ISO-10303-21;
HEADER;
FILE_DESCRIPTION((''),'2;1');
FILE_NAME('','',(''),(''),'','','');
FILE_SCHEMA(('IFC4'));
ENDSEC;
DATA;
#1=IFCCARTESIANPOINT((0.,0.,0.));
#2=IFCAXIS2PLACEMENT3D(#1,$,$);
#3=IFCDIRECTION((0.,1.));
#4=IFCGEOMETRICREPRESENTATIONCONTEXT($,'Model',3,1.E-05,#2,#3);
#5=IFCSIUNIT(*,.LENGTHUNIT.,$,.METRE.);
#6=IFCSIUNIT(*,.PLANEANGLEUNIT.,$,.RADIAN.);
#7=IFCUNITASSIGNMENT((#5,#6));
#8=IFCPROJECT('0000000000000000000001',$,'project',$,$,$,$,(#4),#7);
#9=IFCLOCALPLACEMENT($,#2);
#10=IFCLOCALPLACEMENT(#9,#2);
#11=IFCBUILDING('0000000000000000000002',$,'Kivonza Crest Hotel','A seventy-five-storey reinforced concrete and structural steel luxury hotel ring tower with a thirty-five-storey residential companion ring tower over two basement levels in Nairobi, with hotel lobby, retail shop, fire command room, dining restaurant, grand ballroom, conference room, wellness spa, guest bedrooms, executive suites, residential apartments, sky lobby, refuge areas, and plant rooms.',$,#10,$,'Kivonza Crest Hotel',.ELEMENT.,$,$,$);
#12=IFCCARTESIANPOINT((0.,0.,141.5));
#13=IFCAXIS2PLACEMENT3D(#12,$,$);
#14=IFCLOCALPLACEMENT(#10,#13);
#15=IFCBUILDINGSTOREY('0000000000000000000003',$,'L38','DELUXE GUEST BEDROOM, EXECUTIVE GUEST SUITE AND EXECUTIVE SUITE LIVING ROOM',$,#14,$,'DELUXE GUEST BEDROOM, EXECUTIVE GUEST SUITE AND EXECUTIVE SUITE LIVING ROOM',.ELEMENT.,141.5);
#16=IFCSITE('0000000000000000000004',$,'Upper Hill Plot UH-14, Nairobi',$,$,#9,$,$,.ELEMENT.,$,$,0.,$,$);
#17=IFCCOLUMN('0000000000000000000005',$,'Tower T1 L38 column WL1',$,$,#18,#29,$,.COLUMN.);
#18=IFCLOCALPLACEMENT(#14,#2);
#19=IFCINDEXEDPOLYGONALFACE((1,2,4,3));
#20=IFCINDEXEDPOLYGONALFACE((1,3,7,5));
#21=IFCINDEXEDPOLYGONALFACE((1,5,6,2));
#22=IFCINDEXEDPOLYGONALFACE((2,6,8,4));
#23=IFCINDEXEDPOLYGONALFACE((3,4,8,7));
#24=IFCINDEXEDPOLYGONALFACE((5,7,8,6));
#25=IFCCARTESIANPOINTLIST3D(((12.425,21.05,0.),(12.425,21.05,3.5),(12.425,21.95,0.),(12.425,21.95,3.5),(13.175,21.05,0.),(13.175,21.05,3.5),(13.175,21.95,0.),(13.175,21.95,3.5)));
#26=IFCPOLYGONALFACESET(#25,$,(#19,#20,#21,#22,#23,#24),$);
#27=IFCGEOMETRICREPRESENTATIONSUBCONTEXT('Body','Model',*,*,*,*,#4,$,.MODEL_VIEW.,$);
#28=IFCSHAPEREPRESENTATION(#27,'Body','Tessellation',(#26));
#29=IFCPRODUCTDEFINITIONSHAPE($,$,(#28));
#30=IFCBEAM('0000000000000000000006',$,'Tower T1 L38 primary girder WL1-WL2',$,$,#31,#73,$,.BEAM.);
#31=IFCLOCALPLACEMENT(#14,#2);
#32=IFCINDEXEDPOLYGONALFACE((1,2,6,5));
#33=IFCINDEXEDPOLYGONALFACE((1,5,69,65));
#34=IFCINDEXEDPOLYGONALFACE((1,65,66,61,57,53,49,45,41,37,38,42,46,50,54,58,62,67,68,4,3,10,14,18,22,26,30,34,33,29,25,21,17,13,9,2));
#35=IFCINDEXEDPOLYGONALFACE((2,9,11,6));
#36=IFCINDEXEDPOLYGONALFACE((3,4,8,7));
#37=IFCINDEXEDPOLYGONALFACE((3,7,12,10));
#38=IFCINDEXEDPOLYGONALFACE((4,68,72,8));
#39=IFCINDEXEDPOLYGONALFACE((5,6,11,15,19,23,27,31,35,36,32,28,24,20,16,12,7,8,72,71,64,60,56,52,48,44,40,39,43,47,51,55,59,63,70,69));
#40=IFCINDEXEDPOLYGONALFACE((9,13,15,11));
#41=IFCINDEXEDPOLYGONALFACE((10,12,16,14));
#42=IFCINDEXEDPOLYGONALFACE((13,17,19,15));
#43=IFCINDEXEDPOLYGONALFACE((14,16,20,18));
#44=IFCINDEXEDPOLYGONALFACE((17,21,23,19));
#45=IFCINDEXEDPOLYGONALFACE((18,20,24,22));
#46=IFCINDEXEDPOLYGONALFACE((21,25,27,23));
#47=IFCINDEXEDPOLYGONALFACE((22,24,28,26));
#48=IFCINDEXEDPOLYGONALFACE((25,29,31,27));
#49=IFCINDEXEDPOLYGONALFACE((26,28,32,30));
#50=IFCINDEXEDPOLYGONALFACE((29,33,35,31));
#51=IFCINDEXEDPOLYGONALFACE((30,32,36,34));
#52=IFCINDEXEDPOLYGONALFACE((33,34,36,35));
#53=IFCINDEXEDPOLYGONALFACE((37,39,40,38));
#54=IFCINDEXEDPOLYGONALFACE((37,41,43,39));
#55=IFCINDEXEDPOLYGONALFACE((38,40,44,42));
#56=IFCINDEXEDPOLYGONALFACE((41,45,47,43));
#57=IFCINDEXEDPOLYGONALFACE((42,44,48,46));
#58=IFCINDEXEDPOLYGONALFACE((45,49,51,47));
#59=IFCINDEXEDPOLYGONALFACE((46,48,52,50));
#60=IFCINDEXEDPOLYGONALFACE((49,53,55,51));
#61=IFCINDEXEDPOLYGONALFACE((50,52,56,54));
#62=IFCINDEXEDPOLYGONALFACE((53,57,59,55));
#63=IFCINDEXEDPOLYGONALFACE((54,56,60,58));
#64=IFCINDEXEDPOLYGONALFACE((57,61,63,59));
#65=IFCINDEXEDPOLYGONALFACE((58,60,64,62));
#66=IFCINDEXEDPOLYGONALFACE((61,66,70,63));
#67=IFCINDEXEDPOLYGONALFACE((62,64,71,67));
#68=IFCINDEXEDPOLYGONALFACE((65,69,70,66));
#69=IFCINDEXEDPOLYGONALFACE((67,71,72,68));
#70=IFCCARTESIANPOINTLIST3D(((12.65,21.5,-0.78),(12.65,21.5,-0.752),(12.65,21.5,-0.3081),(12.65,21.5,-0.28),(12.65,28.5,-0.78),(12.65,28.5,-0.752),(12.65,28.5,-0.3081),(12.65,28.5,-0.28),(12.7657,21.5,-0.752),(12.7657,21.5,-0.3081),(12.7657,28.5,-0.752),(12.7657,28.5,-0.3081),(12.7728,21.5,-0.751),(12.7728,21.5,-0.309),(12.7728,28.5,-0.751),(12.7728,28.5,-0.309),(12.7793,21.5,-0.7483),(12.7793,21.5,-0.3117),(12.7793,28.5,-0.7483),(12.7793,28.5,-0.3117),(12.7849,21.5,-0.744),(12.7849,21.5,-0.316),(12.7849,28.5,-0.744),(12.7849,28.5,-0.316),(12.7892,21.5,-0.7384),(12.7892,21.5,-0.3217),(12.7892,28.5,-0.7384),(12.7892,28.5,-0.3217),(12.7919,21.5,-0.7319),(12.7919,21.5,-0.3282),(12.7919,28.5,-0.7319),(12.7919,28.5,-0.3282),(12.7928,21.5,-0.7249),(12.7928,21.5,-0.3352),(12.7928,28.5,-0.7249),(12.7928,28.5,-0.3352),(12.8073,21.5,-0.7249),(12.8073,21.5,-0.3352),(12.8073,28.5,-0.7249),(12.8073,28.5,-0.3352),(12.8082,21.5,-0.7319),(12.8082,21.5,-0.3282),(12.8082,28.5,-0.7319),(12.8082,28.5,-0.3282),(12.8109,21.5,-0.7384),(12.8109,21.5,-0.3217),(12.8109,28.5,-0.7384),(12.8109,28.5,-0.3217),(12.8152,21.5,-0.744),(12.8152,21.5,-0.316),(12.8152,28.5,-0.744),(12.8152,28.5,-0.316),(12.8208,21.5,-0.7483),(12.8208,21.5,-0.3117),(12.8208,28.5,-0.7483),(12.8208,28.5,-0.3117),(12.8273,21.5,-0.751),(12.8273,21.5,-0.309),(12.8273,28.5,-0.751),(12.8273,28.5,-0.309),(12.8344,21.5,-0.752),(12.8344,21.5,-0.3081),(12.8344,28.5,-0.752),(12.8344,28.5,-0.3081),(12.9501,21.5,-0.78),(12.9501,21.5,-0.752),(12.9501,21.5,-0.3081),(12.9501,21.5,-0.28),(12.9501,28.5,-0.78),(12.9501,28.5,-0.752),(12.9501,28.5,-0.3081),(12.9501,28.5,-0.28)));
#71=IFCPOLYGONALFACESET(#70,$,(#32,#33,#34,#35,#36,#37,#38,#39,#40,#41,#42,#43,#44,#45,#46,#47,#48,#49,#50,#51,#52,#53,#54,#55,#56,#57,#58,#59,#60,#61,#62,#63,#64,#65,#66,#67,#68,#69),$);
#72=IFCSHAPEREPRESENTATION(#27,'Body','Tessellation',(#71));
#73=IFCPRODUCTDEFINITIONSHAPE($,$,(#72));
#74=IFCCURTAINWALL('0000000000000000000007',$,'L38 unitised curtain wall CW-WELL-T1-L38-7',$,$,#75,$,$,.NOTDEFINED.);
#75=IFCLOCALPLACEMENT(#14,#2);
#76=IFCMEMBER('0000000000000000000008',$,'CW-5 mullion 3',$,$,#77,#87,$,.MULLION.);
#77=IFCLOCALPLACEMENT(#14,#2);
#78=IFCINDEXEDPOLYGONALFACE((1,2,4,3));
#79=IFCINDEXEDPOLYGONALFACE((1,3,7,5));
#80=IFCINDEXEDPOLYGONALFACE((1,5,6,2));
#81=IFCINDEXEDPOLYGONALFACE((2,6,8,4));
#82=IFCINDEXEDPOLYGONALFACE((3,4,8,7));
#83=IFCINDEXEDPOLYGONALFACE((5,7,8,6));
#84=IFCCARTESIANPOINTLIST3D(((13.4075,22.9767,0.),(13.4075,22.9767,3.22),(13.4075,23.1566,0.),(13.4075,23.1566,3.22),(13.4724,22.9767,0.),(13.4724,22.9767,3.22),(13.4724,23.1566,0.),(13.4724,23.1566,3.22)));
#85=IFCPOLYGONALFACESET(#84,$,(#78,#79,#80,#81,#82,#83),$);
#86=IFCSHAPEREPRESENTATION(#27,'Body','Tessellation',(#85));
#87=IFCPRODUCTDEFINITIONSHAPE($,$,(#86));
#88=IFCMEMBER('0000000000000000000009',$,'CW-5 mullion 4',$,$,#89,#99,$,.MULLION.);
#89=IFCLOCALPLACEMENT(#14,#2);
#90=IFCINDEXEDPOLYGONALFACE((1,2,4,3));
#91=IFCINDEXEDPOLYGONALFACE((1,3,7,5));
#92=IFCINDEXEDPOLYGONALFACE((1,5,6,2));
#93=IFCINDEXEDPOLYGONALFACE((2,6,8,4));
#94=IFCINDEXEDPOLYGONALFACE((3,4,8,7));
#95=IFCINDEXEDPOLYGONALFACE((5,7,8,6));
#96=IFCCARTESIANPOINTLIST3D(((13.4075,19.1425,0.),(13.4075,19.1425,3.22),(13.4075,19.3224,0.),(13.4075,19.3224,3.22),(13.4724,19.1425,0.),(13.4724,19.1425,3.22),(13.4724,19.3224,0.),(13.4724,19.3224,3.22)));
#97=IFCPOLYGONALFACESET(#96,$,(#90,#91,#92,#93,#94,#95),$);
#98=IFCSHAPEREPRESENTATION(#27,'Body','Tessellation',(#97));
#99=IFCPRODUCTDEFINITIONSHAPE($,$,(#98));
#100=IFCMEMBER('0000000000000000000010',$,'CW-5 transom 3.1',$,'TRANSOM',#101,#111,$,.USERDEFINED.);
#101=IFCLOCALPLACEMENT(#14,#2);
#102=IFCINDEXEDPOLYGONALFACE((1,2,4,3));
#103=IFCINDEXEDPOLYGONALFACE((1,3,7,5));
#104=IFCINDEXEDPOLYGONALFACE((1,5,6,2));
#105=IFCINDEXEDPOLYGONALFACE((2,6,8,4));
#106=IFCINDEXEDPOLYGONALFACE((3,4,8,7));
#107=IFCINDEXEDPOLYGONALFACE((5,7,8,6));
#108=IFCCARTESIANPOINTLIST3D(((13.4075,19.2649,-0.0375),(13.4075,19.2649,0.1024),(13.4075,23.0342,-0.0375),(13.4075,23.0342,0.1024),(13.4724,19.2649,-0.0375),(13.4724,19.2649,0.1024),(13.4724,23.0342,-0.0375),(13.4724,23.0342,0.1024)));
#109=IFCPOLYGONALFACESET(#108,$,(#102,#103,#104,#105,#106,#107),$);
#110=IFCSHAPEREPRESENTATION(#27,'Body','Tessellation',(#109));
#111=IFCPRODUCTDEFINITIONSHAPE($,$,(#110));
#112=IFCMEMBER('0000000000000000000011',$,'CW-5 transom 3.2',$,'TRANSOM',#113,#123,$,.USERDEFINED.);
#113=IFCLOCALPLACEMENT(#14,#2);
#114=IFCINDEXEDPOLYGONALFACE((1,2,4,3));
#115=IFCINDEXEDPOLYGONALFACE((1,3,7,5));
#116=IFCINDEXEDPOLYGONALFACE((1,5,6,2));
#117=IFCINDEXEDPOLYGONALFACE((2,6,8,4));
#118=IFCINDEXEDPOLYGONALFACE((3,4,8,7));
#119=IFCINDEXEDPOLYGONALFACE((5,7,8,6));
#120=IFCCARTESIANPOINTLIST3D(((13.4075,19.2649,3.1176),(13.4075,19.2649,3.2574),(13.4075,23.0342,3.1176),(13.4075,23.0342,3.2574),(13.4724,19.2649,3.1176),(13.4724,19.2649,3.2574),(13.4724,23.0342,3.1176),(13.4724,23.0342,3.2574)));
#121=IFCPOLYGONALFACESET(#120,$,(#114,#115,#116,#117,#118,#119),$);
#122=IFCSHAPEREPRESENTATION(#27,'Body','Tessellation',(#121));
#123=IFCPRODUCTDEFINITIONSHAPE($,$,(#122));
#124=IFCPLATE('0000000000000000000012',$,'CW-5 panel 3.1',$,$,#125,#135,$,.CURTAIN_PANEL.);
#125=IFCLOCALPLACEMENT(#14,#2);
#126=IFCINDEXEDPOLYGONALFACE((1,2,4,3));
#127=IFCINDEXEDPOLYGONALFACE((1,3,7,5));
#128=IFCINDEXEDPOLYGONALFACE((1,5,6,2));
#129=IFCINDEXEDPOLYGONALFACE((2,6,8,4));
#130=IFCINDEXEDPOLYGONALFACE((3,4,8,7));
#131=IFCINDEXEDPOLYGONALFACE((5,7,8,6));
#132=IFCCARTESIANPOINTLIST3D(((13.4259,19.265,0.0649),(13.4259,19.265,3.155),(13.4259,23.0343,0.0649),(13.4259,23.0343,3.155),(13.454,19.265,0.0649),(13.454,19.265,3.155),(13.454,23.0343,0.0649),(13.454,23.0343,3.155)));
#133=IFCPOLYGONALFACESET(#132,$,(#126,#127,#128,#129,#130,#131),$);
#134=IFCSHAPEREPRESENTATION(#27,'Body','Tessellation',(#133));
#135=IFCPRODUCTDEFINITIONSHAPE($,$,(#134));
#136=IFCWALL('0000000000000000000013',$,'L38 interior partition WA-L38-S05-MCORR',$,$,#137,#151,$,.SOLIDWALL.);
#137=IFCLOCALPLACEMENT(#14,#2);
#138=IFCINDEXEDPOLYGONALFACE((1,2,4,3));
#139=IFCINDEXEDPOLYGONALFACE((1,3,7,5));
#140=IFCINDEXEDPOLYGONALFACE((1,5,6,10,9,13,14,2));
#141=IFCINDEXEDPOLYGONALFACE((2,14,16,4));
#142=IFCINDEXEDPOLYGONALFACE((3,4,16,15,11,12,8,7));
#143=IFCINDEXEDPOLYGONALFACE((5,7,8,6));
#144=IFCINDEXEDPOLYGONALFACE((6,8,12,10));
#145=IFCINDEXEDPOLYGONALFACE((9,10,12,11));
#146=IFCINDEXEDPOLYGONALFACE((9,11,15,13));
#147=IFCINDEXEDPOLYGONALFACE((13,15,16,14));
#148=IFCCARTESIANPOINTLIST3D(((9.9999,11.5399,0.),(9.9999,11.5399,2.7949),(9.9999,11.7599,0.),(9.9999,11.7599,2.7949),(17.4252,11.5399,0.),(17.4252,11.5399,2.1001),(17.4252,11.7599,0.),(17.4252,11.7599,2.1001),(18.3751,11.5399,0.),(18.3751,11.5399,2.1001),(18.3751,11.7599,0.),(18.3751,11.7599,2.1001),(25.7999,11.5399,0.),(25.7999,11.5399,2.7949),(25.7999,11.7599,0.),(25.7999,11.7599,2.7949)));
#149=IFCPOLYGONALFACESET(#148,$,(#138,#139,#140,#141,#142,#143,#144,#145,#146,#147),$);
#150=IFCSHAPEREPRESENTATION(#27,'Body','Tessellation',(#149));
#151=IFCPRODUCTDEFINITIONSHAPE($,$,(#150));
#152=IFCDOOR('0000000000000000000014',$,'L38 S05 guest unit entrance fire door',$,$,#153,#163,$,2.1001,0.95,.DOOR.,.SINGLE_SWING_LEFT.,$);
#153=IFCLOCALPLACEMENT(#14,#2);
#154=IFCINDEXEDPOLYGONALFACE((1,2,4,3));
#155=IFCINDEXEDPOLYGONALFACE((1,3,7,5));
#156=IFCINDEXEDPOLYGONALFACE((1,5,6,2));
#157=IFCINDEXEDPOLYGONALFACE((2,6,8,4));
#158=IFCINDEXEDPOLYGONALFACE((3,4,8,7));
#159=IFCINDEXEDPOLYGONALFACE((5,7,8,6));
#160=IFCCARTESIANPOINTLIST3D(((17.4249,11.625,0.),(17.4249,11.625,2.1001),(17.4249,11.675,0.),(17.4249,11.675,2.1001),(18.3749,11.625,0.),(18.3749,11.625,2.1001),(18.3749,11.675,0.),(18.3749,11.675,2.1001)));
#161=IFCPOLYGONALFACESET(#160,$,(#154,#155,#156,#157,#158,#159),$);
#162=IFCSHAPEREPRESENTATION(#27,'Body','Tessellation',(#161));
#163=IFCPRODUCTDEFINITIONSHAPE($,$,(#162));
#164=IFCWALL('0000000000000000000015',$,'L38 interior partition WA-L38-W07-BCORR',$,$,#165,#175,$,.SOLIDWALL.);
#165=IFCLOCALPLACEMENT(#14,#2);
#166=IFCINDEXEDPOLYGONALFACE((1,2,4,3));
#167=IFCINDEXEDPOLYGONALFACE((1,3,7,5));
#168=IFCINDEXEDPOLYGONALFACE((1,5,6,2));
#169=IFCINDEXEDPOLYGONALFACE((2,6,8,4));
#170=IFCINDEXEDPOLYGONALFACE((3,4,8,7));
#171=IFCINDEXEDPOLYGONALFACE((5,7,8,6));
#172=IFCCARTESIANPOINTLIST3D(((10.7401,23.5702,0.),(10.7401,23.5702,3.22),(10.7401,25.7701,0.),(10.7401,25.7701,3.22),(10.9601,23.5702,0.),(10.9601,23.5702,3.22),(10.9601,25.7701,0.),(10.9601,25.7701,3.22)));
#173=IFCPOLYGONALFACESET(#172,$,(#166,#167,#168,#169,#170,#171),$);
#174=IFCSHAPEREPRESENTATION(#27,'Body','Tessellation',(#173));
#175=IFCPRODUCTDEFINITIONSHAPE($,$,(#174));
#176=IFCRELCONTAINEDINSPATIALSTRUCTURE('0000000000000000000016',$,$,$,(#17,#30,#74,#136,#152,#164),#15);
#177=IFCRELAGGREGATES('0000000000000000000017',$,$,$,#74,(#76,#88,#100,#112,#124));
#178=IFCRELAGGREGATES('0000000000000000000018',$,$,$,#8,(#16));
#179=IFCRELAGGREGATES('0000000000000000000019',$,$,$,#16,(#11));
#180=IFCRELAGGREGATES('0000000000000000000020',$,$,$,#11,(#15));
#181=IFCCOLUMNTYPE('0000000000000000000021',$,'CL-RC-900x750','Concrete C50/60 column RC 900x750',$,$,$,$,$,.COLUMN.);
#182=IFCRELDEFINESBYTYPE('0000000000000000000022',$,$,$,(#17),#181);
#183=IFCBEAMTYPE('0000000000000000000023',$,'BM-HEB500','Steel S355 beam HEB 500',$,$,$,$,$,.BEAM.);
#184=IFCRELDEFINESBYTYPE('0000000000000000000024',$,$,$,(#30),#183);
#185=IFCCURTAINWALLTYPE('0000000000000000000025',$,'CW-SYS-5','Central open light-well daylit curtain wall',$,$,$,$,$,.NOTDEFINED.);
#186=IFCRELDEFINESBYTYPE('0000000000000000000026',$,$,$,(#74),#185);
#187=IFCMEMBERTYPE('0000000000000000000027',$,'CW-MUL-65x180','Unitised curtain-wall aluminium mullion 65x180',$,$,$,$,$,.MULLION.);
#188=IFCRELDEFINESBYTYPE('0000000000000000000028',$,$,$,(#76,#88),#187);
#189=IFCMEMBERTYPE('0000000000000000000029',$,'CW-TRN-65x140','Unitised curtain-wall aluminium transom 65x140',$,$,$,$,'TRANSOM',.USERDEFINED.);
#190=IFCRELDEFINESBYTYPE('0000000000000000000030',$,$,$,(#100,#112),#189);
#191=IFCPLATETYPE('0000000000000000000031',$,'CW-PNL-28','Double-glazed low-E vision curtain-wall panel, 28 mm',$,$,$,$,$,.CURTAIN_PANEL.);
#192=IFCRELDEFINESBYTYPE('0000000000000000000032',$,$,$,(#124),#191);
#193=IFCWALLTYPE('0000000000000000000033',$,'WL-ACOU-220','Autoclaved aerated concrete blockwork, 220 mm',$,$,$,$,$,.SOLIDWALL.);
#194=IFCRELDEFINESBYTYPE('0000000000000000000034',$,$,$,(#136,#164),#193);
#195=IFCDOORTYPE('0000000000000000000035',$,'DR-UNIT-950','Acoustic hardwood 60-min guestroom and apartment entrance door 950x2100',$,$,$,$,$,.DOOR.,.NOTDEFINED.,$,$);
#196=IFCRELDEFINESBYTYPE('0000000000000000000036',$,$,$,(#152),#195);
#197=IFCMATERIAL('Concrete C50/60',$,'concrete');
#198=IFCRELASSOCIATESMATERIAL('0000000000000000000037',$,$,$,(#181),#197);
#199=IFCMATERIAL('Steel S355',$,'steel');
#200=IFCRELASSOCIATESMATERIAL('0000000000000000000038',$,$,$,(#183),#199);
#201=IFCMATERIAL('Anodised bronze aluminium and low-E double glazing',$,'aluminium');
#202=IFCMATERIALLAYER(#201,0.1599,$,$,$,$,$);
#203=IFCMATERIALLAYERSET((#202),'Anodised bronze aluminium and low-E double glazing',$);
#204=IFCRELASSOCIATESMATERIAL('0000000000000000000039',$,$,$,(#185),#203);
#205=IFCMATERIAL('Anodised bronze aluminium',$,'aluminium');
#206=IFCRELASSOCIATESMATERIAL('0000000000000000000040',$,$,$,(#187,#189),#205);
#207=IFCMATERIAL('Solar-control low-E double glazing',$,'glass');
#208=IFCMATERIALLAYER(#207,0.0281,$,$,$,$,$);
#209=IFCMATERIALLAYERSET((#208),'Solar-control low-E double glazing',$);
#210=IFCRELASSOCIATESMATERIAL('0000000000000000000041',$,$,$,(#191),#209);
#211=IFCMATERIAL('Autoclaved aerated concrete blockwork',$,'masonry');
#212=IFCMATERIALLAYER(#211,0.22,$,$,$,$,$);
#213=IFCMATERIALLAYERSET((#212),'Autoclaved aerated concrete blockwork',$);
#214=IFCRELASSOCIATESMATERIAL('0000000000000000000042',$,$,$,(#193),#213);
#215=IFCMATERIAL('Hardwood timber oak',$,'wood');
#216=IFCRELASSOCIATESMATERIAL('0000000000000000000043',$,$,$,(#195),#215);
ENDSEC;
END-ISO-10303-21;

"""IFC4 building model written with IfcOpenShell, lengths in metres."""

from ifc_helpers import new_model, si_unit, direction, frame, frame_2d, origin, origin_2d, place, context, subcontext, project, spatial, rectangle, i_section, extrude, material, layer, layer_set, material_profile, profile_set, type_object, element, fill, aggregate, save


model = new_model("IFC4")

# Units and contexts
model_context = context("Model", 3, precision=1e-05, world=origin(), true_north=direction((0.0, 1.0)))
body_context = subcontext(model_context, "Body", "Model", "MODEL_VIEW")
ifc_project = project(units=[si_unit("LENGTHUNIT", "METRE"), si_unit("PLANEANGLEUNIT", "RADIAN")], contexts=[model_context])

# Site, building, storey
site_placement = place(None, origin())
site = spatial("IfcSite", under=ifc_project, at=site_placement, Name="Upper Hill Plot UH-14, Nairobi", CompositionType="ELEMENT", RefElevation=0.0)
building_placement = place(site_placement, origin())
building = spatial("IfcBuilding", under=site, at=building_placement, Name="Kivonza Crest Hotel", Description="A seventy-five-storey reinforced concrete and structural steel luxury hotel ring tower with a thirty-five-storey residential companion ring tower over two basement levels in Nairobi, with hotel lobby, retail shop, fire command room, dining restaurant, grand ballroom, conference room, wellness spa, guest bedrooms, executive suites, residential apartments, sky lobby, refuge areas, and plant rooms.", LongName="Kivonza Crest Hotel", CompositionType="ELEMENT")
storey_placement = place(building_placement, frame((0.0, 0.0, 141.5)))
storey = spatial("IfcBuildingStorey", under=building, at=storey_placement, Name="L38", Description="DELUXE GUEST BEDROOM, EXECUTIVE GUEST SUITE AND EXECUTIVE SUITE LIVING ROOM", LongName="DELUXE GUEST BEDROOM, EXECUTIVE GUEST SUITE AND EXECUTIVE SUITE LIVING ROOM", CompositionType="ELEMENT", Elevation=141.5)

# Column
ifc_material_1 = material(Name="Concrete C50/60", Category="concrete")
ifc_material_profile_1 = material_profile(ifc_material_1, rectangle(XDim=0.75, YDim=0.8999, at=origin_2d()), Name="RC 900x750")
ifc_profile_set_1 = profile_set([ifc_material_profile_1], Name="Concrete C50/60")
column_type = type_object("IfcColumnType", Name="CL-RC-900x750", Description="Concrete C50/60 column RC 900x750", PredefinedType="COLUMN", material=ifc_profile_set_1)
column_placement = place(storey_placement, frame((12.8, 21.5, 0.0), z_axis=(0.0, 0.0, 1.0), x_axis=(1.0, 0.0, 0.0)))
element("IfcColumn", 1, at=column_placement, inside=storey, type_object=column_type, Name="Tower T1 L38 column WL1", PredefinedType="COLUMN", context=body_context, shape_type="SweptSolid", body=[
    extrude(rectangle(XDim=0.75, YDim=0.8999, at=origin_2d()), origin(), (0.0, 0.0, 1.0), 3.5),
])

# Beam
ifc_material_2 = material(Name="Steel S355", Category="steel")
ifc_material_profile_2 = material_profile(ifc_material_2, i_section(OverallWidth=0.3, OverallDepth=0.5, WebThickness=0.0144, FlangeThickness=0.0281, FilletRadius=0.0271, at=origin_2d()), Name="HEB 500")
ifc_profile_set_2 = profile_set([ifc_material_profile_2], Name="Steel S355")
beam_type = type_object("IfcBeamType", Name="BM-HEB500", Description="Steel S355 beam HEB 500", PredefinedType="BEAM", material=ifc_profile_set_2)
beam_placement = place(storey_placement, frame((12.8, 21.5, -0.53), z_axis=(0.0, 1.0, 0.0), x_axis=(-1.0, 0.0, 0.0)))
element("IfcBeam", 2, at=beam_placement, inside=storey, type_object=beam_type, Name="Tower T1 L38 primary girder WL1-WL2", PredefinedType="BEAM", context=body_context, shape_type="SweptSolid", body=[
    extrude(i_section(OverallWidth=0.3, OverallDepth=0.5, WebThickness=0.0144, FlangeThickness=0.0281, FilletRadius=0.0271, at=origin_2d()), origin(), (0.0, 0.0, 1.0), 7.0),
])

# Curtain wall, members, plate
ifc_material_3 = material(Name="Anodised bronze aluminium and low-E double glazing", Category="aluminium")
ifc_layer_1 = layer(ifc_material_3, 0.1599)
ifc_layer_set_1 = layer_set([ifc_layer_1], Name="Anodised bronze aluminium and low-E double glazing")
curtain_wall_type = type_object("IfcCurtainWallType", Name="CW-SYS-5", Description="Central open light-well daylit curtain wall", PredefinedType="NOTDEFINED", material=ifc_layer_set_1)
curtain_wall_placement = place(storey_placement, origin())
curtain_wall = element("IfcCurtainWall", 3, at=curtain_wall_placement, inside=storey, type_object=curtain_wall_type, Name="L38 unitised curtain wall CW-WELL-T1-L38-7", PredefinedType="NOTDEFINED")
ifc_material_4 = material(Name="Anodised bronze aluminium", Category="aluminium")
ifc_material_profile_3 = material_profile(ifc_material_4, rectangle(XDim=0.0649, YDim=0.1799, at=origin_2d()), Name="CW-M 65x180")
ifc_profile_set_3 = profile_set([ifc_material_profile_3], Name="Anodised bronze aluminium")
member_type_1 = type_object("IfcMemberType", Name="CW-MUL-65x180", Description="Unitised curtain-wall aluminium mullion 65x180", PredefinedType="MULLION", material=ifc_profile_set_3)
member_1_placement = place(storey_placement, frame((13.4399, 23.0667, 0.0), z_axis=(0.0, 0.0, 1.0), x_axis=(1.0, 0.0, 0.0)))
member_1 = element("IfcMember", 4, at=member_1_placement, type_object=member_type_1, Name="CW-5 mullion 3", PredefinedType="MULLION", context=body_context, shape_type="SweptSolid", body=[
    extrude(rectangle(XDim=0.0649, YDim=0.1799, at=origin_2d()), origin(), (0.0, 0.0, 1.0), 3.22),
])
member_2_placement = place(storey_placement, frame((13.4399, 19.2324, 0.0), z_axis=(0.0, 0.0, 1.0), x_axis=(1.0, 0.0, 0.0)))
member_2 = element("IfcMember", 5, at=member_2_placement, type_object=member_type_1, Name="CW-5 mullion 4", PredefinedType="MULLION", context=body_context, shape_type="SweptSolid", body=[
    extrude(rectangle(XDim=0.0649, YDim=0.1799, at=origin_2d()), origin(), (0.0, 0.0, 1.0), 3.22),
])
ifc_material_profile_4 = material_profile(ifc_material_4, rectangle(XDim=0.0649, YDim=0.1399, at=origin_2d()), Name="CW-T 65x140")
ifc_profile_set_4 = profile_set([ifc_material_profile_4], Name="Anodised bronze aluminium")
member_type_2 = type_object("IfcMemberType", Name="CW-TRN-65x140", Description="Unitised curtain-wall aluminium transom 65x140", ElementType="TRANSOM", PredefinedType="USERDEFINED", material=ifc_profile_set_4)
member_3_placement = place(storey_placement, frame((13.4399, 23.0342, 0.0325), z_axis=(0.0, -1.0, 0.0), x_axis=(1.0, 0.0, 0.0)))
member_3 = element("IfcMember", 6, at=member_3_placement, type_object=member_type_2, Name="CW-5 transom 3.1", ObjectType="TRANSOM", PredefinedType="USERDEFINED", context=body_context, shape_type="SweptSolid", body=[
    extrude(rectangle(XDim=0.0649, YDim=0.1399, at=origin_2d()), origin(), (0.0, 0.0, 1.0), 3.7693),
])
member_4_placement = place(storey_placement, frame((13.4399, 23.0342, 3.1875), z_axis=(0.0, -1.0, 0.0), x_axis=(1.0, 0.0, 0.0)))
member_4 = element("IfcMember", 7, at=member_4_placement, type_object=member_type_2, Name="CW-5 transom 3.2", ObjectType="TRANSOM", PredefinedType="USERDEFINED", context=body_context, shape_type="SweptSolid", body=[
    extrude(rectangle(XDim=0.0649, YDim=0.1399, at=origin_2d()), origin(), (0.0, 0.0, 1.0), 3.7693),
])
ifc_material_5 = material(Name="Solar-control low-E double glazing", Category="glass")
ifc_layer_2 = layer(ifc_material_5, 0.0281)
ifc_layer_set_2 = layer_set([ifc_layer_2], Name="Solar-control low-E double glazing")
plate_type = type_object("IfcPlateType", Name="CW-PNL-28", Description="Double-glazed low-E vision curtain-wall panel, 28 mm", PredefinedType="CURTAIN_PANEL", material=ifc_layer_set_2)
plate_placement = place(storey_placement, frame((13.4399, 21.1497, 0.0649), z_axis=(0.0, 0.0, 1.0), x_axis=(0.0, -1.0, 0.0)))
plate = element("IfcPlate", 8, at=plate_placement, type_object=plate_type, Name="CW-5 panel 3.1", PredefinedType="CURTAIN_PANEL", context=body_context, shape_type="SweptSolid", body=[
    extrude(rectangle(XDim=3.7693, YDim=0.0281, at=origin_2d()), origin(), (0.0, 0.0, 1.0), 3.0901),
])
aggregate(curtain_wall, [member_1, member_2, member_3, member_4, plate])

# Wall, opening, door
ifc_material_6 = material(Name="Autoclaved aerated concrete blockwork", Category="masonry")
ifc_layer_3 = layer(ifc_material_6, 0.22)
ifc_layer_set_3 = layer_set([ifc_layer_3], Name="Autoclaved aerated concrete blockwork")
wall_type_1 = type_object("IfcWallType", Name="WL-ACOU-220", Description="Autoclaved aerated concrete blockwork, 220 mm", PredefinedType="SOLIDWALL", material=ifc_layer_set_3)
wall_1_placement = place(storey_placement, frame((10.0, 11.6499, 0.0), z_axis=(0.0, 0.0, 1.0), x_axis=(1.0, 0.0, 0.0)))
wall_1 = element("IfcWall", 9, at=wall_1_placement, inside=storey, type_object=wall_type_1, Name="L38 interior partition WA-L38-S05-MCORR", PredefinedType="SOLIDWALL", context=body_context, shape_type="SweptSolid", body=[
    extrude(rectangle(XDim=15.8, YDim=0.22, at=frame_2d((7.8999, 0.0))), origin(), (0.0, 0.0, 1.0), 2.7949),
])
opening_1_placement = place(wall_1_placement, frame((7.425, 0.0, 0.0)))
opening_1 = element("IfcOpeningElement", 10, at=opening_1_placement, cuts=wall_1, PredefinedType="OPENING", context=body_context, shape_type="SweptSolid", body=[
    extrude(rectangle(XDim=0.95, YDim=2.1001, at=frame_2d((0.4751, 1.05))), frame((0.0, 0.1201, 0.0), z_axis=(0.0, -1.0, 0.0), x_axis=(1.0, 0.0, 0.0)), (0.0, 0.0, 1.0), 0.24),
])
ifc_material_7 = material(Name="Hardwood timber oak", Category="wood")
door_type_1 = type_object("IfcDoorType", Name="DR-UNIT-950", Description="Acoustic hardwood 60-min guestroom and apartment entrance door 950x2100", OperationType="NOTDEFINED", PredefinedType="DOOR", material=ifc_material_7)
door_1_placement = place(opening_1_placement, frame((0.95, 0.0, 0.0), z_axis=(0.0, 0.0, 1.0), x_axis=(-1.0, 0.0, 0.0)))
door_1 = element("IfcDoor", 11, at=door_1_placement, inside=storey, type_object=door_type_1, Name="L38 S05 guest unit entrance fire door", OperationType="SINGLE_SWING_LEFT", OverallHeight=2.1001, OverallWidth=0.95, PredefinedType="DOOR", context=body_context, shape_type="SweptSolid", body=[
    extrude(rectangle(XDim=0.95, YDim=2.1001, at=frame_2d((0.4751, 1.05))), frame((0.0, 0.0249, 0.0), z_axis=(0.0, -1.0, 0.0), x_axis=(1.0, 0.0, 0.0)), (0.0, 0.0, 1.0), 0.05),
])
fill(opening_1, door_1)

# Wall
wall_2_placement = place(storey_placement, frame((10.8501, 23.5701, 0.0), z_axis=(0.0, 0.0, 1.0), x_axis=(0.0, 1.0, 0.0)))
element("IfcWall", 12, at=wall_2_placement, inside=storey, type_object=wall_type_1, Name="L38 interior partition WA-L38-W07-BCORR", PredefinedType="SOLIDWALL", context=body_context, shape_type="SweptSolid", body=[
    extrude(rectangle(XDim=2.2, YDim=0.22, at=frame_2d((1.1001, 0.0))), origin(), (0.0, 0.0, 1.0), 3.22),
])

save(model, "model.ifc")
